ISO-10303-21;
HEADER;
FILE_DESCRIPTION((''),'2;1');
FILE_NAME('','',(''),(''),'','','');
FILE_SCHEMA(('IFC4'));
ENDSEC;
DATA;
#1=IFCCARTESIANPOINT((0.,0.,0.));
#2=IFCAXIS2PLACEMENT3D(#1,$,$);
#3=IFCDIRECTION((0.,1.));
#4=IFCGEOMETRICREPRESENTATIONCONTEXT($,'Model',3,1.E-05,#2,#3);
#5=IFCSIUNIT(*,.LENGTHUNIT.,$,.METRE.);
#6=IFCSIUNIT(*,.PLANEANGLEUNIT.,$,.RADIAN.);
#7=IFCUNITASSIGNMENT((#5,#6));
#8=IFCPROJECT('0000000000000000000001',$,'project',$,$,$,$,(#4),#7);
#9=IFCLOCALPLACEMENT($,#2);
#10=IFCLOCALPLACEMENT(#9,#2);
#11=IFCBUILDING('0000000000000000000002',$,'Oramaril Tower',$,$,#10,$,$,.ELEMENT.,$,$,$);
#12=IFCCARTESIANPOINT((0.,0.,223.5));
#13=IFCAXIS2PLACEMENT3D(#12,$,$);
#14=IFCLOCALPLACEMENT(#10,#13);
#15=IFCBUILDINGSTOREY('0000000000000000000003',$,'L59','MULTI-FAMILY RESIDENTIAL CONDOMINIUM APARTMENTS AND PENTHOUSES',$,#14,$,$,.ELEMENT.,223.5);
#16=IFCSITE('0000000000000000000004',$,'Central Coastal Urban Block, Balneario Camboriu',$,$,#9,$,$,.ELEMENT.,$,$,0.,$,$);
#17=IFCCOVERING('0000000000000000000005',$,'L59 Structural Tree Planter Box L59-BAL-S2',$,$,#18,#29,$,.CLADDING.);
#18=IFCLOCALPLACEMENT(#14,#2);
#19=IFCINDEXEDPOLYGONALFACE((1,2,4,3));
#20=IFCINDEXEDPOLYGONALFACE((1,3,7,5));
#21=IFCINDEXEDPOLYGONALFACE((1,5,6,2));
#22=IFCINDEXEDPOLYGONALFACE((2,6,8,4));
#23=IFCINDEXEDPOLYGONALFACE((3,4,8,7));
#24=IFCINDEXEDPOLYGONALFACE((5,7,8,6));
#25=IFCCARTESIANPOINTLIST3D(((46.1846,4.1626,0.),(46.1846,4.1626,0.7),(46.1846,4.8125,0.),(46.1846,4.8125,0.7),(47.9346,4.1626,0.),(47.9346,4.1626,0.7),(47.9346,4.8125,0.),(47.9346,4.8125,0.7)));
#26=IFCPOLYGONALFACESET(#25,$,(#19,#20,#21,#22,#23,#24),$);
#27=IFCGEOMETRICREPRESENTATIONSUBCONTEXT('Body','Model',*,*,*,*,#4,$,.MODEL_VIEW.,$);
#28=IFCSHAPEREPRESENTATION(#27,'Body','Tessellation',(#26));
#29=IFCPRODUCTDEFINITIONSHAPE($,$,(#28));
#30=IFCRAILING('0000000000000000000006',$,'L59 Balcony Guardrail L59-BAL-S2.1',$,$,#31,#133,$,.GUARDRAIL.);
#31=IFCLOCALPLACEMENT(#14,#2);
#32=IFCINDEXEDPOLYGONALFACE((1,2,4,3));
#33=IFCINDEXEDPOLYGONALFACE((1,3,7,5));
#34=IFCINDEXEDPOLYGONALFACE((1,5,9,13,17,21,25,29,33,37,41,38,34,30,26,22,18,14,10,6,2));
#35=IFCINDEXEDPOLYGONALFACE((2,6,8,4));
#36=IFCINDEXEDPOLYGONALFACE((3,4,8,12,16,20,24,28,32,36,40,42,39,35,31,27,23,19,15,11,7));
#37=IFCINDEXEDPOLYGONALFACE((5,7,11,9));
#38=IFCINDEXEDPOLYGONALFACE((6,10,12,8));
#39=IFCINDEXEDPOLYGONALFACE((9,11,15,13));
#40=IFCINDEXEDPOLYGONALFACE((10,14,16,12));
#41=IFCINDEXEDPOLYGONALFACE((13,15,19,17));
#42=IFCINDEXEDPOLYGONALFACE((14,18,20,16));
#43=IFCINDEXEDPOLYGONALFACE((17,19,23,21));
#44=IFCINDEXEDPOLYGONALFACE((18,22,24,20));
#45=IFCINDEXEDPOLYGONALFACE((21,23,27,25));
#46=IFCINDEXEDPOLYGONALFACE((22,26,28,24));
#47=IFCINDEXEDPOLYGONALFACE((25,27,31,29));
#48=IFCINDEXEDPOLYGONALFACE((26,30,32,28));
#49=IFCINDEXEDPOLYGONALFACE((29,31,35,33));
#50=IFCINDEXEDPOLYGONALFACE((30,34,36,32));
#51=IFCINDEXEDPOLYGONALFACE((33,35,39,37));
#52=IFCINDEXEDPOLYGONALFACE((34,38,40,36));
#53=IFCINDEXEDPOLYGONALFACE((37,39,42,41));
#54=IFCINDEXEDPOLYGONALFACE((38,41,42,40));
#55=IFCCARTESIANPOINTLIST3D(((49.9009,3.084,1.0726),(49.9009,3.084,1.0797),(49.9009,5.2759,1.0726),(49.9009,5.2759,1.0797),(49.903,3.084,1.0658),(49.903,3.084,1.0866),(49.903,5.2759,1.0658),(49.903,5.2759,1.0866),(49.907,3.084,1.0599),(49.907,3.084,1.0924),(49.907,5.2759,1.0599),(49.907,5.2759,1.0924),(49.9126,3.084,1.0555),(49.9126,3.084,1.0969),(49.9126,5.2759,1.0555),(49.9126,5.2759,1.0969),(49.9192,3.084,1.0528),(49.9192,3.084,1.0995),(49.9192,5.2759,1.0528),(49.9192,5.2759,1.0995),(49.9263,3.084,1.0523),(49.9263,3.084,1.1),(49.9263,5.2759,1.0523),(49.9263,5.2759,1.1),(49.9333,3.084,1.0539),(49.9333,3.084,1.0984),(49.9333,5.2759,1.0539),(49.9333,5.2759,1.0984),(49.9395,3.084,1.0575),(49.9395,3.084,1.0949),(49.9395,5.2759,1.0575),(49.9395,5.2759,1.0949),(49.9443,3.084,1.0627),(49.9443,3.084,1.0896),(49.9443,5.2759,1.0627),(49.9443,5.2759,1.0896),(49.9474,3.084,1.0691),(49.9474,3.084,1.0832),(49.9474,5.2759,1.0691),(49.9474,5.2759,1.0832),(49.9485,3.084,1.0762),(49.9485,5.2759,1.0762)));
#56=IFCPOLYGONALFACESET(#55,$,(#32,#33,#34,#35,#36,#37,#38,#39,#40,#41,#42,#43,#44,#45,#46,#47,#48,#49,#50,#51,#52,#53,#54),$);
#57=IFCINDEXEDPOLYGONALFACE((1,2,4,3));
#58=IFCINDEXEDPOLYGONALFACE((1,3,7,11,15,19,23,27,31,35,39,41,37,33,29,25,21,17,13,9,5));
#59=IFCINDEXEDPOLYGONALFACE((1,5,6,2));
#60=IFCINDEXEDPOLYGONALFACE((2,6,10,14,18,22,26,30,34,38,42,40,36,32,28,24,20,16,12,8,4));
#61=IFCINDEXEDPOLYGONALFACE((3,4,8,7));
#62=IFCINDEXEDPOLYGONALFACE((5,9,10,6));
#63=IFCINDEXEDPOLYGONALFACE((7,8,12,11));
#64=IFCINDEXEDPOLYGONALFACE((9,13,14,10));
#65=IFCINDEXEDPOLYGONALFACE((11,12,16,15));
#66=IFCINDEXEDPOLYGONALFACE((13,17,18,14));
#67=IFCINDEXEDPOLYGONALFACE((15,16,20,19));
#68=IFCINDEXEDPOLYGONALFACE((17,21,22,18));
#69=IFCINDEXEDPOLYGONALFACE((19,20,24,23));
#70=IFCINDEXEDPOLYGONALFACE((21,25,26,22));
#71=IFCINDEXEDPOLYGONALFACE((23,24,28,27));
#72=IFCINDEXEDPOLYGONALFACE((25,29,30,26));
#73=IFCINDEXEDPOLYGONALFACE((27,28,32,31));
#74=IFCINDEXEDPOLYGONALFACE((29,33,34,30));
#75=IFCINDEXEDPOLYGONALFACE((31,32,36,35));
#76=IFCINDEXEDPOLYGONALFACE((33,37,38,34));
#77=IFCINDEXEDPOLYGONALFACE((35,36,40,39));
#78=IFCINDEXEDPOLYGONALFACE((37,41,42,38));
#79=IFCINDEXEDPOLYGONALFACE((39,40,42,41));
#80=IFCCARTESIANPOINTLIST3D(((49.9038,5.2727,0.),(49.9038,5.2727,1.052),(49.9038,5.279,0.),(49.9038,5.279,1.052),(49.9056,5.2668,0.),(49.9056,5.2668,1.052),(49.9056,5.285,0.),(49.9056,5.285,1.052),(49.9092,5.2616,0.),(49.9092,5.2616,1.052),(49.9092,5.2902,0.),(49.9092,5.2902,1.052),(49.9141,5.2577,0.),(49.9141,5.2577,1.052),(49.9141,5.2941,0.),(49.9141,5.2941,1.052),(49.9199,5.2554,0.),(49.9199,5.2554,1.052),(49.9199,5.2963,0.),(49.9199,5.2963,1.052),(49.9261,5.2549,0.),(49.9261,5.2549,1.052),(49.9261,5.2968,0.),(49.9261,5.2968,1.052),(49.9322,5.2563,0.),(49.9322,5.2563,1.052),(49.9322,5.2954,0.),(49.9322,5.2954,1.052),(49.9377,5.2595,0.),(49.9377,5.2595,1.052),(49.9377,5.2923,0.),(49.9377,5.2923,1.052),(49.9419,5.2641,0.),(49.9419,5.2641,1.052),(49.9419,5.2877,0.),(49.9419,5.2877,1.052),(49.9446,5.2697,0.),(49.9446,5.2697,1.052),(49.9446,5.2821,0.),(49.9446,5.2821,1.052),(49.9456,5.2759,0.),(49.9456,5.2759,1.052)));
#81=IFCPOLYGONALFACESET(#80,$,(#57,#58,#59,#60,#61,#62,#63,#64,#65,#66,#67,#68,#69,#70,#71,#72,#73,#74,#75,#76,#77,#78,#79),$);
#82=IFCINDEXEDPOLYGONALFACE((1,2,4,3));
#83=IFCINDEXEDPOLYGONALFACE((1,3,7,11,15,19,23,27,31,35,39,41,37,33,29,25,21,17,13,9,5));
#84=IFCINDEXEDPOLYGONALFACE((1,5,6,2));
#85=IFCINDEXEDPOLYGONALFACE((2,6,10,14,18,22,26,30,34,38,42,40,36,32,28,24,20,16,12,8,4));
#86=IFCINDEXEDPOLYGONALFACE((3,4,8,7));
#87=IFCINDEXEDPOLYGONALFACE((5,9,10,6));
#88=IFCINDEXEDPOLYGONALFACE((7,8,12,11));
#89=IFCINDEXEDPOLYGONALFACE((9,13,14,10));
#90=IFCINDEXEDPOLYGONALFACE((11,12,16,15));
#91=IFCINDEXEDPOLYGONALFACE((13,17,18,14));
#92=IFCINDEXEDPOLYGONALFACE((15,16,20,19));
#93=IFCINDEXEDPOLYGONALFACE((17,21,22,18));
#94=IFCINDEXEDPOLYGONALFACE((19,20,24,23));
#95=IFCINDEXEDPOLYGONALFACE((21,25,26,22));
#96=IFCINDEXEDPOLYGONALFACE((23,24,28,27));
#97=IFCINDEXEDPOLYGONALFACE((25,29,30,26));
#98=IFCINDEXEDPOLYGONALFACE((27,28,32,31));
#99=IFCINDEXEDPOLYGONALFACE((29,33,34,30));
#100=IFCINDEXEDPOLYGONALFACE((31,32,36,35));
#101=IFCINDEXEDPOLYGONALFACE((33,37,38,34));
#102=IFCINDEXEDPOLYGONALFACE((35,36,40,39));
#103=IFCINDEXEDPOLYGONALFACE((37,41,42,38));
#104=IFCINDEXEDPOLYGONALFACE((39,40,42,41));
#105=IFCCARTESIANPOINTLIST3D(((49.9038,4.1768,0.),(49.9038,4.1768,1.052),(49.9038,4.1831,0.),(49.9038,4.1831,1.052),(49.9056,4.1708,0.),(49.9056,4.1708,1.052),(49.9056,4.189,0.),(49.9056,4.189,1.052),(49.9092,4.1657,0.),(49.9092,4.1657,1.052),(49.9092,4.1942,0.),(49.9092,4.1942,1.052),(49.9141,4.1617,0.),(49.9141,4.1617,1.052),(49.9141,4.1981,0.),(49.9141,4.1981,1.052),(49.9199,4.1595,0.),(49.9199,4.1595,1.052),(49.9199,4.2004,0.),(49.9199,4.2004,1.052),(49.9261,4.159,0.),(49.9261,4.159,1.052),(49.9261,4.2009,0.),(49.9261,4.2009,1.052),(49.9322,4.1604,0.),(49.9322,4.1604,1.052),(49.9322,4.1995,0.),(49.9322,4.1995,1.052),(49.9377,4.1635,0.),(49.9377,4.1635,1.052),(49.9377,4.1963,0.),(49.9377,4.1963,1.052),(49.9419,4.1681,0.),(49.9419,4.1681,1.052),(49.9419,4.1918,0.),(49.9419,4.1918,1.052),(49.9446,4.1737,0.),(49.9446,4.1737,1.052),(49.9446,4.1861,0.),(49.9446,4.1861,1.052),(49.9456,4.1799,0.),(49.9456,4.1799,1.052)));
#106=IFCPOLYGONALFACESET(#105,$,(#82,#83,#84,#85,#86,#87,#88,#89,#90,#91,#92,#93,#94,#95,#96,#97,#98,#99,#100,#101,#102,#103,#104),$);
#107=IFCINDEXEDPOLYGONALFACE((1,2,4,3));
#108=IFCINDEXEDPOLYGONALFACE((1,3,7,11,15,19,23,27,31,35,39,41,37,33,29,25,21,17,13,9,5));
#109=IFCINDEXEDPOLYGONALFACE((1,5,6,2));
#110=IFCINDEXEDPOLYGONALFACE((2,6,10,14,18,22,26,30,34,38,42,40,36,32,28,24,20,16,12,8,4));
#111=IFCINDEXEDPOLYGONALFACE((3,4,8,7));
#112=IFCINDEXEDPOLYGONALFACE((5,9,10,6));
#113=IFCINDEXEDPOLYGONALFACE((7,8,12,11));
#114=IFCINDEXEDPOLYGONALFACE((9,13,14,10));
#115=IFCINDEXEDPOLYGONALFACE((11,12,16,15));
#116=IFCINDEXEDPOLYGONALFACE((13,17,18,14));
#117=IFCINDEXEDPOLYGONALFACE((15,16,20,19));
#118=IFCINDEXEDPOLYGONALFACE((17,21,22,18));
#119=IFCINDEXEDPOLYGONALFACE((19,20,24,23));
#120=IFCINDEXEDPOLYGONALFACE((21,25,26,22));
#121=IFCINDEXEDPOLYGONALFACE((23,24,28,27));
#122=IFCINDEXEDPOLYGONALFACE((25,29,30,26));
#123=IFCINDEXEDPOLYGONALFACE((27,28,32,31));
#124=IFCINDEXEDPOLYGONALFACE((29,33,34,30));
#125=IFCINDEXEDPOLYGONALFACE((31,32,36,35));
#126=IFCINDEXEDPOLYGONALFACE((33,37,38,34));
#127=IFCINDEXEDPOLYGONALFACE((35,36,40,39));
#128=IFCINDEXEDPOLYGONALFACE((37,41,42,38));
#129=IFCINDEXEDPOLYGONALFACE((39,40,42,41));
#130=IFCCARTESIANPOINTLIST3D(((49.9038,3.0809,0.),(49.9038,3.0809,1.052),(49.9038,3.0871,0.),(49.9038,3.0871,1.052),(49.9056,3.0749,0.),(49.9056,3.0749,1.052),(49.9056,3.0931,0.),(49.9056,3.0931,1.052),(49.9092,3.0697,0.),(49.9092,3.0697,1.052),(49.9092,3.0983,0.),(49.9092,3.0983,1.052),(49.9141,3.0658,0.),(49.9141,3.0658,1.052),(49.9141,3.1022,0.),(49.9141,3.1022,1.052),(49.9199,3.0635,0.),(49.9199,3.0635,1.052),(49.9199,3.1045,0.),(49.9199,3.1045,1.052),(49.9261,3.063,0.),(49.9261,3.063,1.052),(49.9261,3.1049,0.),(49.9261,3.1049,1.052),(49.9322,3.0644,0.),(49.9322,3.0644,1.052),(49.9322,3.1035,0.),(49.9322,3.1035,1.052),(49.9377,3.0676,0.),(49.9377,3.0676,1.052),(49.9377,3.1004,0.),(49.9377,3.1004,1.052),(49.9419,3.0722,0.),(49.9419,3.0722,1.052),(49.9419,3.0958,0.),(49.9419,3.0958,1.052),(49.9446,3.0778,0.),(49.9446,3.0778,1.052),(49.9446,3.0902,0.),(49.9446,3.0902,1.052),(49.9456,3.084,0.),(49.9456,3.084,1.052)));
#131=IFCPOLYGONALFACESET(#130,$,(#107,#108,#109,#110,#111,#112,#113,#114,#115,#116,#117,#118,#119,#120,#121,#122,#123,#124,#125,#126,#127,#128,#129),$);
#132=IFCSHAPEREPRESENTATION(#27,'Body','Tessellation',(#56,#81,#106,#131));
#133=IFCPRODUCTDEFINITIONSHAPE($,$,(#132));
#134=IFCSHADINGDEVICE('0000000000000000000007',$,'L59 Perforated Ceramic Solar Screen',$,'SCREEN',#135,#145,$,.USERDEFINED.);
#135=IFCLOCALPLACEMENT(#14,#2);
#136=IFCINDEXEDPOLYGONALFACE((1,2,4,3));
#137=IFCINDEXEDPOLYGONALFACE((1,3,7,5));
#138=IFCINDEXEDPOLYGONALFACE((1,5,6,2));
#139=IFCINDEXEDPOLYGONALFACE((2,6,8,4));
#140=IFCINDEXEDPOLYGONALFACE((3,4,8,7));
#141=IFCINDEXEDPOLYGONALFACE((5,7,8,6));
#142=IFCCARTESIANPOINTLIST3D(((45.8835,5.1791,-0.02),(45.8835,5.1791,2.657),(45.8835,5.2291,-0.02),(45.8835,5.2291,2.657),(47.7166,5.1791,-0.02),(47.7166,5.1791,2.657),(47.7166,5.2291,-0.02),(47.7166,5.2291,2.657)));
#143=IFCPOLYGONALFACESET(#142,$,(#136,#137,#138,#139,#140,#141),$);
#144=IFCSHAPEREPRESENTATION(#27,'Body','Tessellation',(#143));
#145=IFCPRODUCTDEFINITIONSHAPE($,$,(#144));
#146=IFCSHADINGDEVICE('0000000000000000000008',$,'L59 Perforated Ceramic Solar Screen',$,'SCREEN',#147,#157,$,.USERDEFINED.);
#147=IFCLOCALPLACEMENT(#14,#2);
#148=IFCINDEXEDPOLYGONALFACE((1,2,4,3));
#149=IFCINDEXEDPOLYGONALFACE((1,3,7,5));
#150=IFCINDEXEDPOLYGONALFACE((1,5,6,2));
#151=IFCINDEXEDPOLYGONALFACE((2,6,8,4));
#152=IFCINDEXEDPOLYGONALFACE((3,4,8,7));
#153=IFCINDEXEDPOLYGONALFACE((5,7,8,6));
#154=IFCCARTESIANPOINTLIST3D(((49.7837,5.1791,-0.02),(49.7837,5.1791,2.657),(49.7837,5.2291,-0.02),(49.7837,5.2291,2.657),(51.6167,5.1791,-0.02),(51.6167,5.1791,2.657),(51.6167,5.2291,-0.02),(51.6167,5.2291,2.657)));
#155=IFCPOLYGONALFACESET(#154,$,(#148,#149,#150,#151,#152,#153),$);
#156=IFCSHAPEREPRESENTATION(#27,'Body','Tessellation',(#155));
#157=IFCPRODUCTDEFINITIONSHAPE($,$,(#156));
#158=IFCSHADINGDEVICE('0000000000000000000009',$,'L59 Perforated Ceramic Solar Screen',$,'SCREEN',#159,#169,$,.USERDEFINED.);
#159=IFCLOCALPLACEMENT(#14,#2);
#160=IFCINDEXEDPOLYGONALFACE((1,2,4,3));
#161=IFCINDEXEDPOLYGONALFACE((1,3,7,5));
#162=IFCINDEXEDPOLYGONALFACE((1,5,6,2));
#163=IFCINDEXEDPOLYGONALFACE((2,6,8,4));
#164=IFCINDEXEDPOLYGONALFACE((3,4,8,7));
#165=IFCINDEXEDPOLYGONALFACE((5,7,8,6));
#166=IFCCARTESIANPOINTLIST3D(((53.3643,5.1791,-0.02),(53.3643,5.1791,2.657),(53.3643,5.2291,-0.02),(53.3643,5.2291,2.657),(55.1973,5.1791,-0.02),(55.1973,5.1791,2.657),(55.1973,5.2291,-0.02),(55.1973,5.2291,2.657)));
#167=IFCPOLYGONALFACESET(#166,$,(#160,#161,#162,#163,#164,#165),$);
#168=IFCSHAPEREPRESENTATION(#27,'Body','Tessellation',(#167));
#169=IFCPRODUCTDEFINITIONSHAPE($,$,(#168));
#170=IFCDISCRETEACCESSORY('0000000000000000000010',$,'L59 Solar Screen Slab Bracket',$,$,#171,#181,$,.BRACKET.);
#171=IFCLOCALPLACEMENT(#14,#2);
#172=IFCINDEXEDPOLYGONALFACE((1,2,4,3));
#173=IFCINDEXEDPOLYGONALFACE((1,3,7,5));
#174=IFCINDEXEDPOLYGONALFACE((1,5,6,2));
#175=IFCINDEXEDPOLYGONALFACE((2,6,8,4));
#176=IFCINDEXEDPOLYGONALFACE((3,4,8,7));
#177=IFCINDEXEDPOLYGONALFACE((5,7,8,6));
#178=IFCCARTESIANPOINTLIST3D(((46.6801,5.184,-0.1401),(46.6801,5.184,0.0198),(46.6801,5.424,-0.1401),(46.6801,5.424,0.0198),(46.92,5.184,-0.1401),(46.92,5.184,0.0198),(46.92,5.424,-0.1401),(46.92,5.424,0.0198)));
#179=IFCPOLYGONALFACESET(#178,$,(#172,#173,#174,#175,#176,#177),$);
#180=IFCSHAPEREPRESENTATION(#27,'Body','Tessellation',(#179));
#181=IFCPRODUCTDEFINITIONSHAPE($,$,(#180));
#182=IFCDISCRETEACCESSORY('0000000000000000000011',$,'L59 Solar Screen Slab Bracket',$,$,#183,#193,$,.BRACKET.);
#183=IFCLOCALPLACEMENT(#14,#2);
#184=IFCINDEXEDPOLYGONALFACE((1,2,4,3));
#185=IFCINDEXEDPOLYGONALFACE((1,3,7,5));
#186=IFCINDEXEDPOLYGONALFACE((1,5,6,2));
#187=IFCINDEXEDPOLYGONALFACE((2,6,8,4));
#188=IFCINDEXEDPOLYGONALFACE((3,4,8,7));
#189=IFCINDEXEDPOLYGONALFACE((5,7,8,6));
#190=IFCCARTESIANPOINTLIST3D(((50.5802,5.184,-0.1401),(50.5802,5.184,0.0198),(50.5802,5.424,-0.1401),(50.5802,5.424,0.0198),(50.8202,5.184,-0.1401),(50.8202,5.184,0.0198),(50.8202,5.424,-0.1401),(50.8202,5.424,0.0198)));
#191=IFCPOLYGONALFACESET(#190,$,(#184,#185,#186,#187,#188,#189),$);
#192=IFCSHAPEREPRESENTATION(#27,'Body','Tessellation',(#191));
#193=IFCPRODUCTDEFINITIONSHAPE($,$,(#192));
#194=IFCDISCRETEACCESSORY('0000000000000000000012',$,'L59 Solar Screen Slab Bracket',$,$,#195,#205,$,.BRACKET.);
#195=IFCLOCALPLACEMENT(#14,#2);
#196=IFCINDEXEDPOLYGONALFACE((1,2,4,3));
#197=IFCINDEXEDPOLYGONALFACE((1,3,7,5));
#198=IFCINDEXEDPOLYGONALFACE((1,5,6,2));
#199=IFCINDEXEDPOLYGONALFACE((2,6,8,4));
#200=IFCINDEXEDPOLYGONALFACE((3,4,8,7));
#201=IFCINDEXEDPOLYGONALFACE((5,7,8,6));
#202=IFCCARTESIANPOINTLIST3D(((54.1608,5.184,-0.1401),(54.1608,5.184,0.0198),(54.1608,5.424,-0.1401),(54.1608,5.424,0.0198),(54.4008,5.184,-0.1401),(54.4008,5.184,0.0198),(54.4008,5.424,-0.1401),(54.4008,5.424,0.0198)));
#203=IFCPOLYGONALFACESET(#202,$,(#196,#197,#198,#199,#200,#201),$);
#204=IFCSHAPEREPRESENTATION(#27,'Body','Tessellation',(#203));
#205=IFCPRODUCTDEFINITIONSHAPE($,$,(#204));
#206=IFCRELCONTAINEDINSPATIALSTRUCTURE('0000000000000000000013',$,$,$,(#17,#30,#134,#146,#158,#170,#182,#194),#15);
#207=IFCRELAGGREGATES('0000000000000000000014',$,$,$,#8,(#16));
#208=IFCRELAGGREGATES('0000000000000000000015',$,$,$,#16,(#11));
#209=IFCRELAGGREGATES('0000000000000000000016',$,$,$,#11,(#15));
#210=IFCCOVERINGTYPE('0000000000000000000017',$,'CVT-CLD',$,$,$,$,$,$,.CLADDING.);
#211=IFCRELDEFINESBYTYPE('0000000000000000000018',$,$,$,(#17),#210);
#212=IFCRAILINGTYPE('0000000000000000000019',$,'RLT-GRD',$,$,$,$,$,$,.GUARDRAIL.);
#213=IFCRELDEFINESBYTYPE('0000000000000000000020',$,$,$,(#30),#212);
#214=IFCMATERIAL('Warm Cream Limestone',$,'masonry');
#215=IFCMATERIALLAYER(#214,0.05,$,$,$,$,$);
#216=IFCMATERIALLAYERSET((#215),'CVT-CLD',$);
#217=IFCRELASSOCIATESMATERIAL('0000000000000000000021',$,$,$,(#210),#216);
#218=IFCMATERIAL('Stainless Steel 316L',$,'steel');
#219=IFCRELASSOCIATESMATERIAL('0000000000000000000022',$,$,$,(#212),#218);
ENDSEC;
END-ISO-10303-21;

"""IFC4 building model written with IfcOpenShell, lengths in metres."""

from ifc_helpers import new_model, si_unit, direction, frame, origin, origin_2d, place, context, subcontext, project, spatial, rectangle, circle, extrude, material, layer, layer_set, type_object, element, save


model = new_model("IFC4")

# Units and contexts
model_context = context("Model", 3, precision=1e-05, world=origin(), true_north=direction((0.0, 1.0)))
body_context = subcontext(model_context, "Body", "Model", "MODEL_VIEW")
ifc_project = project(units=[si_unit("LENGTHUNIT", "METRE"), si_unit("PLANEANGLEUNIT", "RADIAN")], contexts=[model_context])

# Site, building, storey
site_placement = place(None, origin())
site = spatial("IfcSite", under=ifc_project, at=site_placement, Name="Central Coastal Urban Block, Balneario Camboriu", CompositionType="ELEMENT", RefElevation=0.0)
building_placement = place(site_placement, origin())
building = spatial("IfcBuilding", under=site, at=building_placement, Name="Oramaril Tower", CompositionType="ELEMENT")
storey_placement = place(building_placement, frame((0.0, 0.0, 223.5)))
storey = spatial("IfcBuildingStorey", under=building, at=storey_placement, Name="L59", Description="MULTI-FAMILY RESIDENTIAL CONDOMINIUM APARTMENTS AND PENTHOUSES", CompositionType="ELEMENT", Elevation=223.5)

# Covering
ifc_material_1 = material(Name="Warm Cream Limestone", Category="masonry")
ifc_layer_1 = layer(ifc_material_1, 0.05)
ifc_layer_set_1 = layer_set([ifc_layer_1], Name="CVT-CLD")
covering_type = type_object("IfcCoveringType", Name="CVT-CLD", PredefinedType="CLADDING", material=ifc_layer_set_1)
covering_1_placement = place(storey_placement, frame((47.0596, 4.4875, 0.0), z_axis=(0.0, 0.0, 1.0), x_axis=(1.0, 0.0, 0.0)))
element("IfcCovering", 1, at=covering_1_placement, inside=storey, type_object=covering_type, Name="L59 Structural Tree Planter Box L59-BAL-S2", PredefinedType="CLADDING", context=body_context, shape_type="SweptSolid", body=[
    extrude(rectangle(XDim=1.75, YDim=0.6499, at=origin_2d()), origin(), (0.0, 0.0, 1.0), 0.7),
])

# Railing
ifc_material_2 = material(Name="Stainless Steel 316L", Category="steel")
railing_type = type_object("IfcRailingType", Name="RLT-GRD", PredefinedType="GUARDRAIL", material=ifc_material_2)
railing_1_placement = place(storey_placement, frame((49.9246, 5.2759, 0.0)))
element("IfcRailing", 2, at=railing_1_placement, inside=storey, type_object=railing_type, Name="L59 Balcony Guardrail L59-BAL-S2.1", PredefinedType="GUARDRAIL", context=body_context, shape_type="SweptSolid", body=[
    extrude(circle(Radius=0.0239, at=origin_2d()), frame((0.0, 0.0, 1.0762), z_axis=(0.0, -1.0, 0.0), x_axis=(1.0, 0.0, 0.0)), (0.0, 0.0, 1.0), 2.1919),
    extrude(circle(Radius=0.021, at=origin_2d()), origin(), (0.0, 0.0, 1.0), 1.052),
    extrude(circle(Radius=0.021, at=origin_2d()), frame((0.0, -1.0959, 0.0)), (0.0, 0.0, 1.0), 1.052),
    extrude(circle(Radius=0.021, at=origin_2d()), frame((0.0, -2.1919, 0.0)), (0.0, 0.0, 1.0), 1.052),
])

# Shading devices
for number, where, z_axis, x_axis, name in (
    (3, (46.8, 5.2041, -0.02), (0.0, 0.0, 1.0), (1.0, 0.0, 0.0), "L59 Perforated Ceramic Solar Screen"),
    (4, (50.7002, 5.2041, -0.02), (0.0, 0.0, 1.0), (1.0, 0.0, 0.0), "L59 Perforated Ceramic Solar Screen"),
    (5, (54.2808, 5.2041, -0.02), (0.0, 0.0, 1.0), (1.0, 0.0, 0.0), "L59 Perforated Ceramic Solar Screen"),
):
    element("IfcShadingDevice", number, at=place(storey_placement, frame(where, z_axis=z_axis, x_axis=x_axis)), inside=storey, Name=name, ObjectType="SCREEN", PredefinedType="USERDEFINED", context=body_context, shape_type="SweptSolid", body=[
        extrude(rectangle(XDim=1.833, YDim=0.05, at=origin_2d()), origin(), (0.0, 0.0, 1.0), 2.677),
    ])

# Discrete accessories
for number, where, z_axis, x_axis, name in (
    (6, (46.8, 5.304, -0.1401), (0.0, 0.0, 1.0), (1.0, 0.0, 0.0), "L59 Solar Screen Slab Bracket"),
    (7, (50.7002, 5.304, -0.1401), (0.0, 0.0, 1.0), (1.0, 0.0, 0.0), "L59 Solar Screen Slab Bracket"),
    (8, (54.2808, 5.304, -0.1401), (0.0, 0.0, 1.0), (1.0, 0.0, 0.0), "L59 Solar Screen Slab Bracket"),
):
    element("IfcDiscreteAccessory", number, at=place(storey_placement, frame(where, z_axis=z_axis, x_axis=x_axis)), inside=storey, Name=name, PredefinedType="BRACKET", context=body_context, shape_type="SweptSolid", body=[
        extrude(rectangle(XDim=0.24, YDim=0.24, at=origin_2d()), origin(), (0.0, 0.0, 1.0), 0.1599),
    ])

save(model, "model.ifc")
